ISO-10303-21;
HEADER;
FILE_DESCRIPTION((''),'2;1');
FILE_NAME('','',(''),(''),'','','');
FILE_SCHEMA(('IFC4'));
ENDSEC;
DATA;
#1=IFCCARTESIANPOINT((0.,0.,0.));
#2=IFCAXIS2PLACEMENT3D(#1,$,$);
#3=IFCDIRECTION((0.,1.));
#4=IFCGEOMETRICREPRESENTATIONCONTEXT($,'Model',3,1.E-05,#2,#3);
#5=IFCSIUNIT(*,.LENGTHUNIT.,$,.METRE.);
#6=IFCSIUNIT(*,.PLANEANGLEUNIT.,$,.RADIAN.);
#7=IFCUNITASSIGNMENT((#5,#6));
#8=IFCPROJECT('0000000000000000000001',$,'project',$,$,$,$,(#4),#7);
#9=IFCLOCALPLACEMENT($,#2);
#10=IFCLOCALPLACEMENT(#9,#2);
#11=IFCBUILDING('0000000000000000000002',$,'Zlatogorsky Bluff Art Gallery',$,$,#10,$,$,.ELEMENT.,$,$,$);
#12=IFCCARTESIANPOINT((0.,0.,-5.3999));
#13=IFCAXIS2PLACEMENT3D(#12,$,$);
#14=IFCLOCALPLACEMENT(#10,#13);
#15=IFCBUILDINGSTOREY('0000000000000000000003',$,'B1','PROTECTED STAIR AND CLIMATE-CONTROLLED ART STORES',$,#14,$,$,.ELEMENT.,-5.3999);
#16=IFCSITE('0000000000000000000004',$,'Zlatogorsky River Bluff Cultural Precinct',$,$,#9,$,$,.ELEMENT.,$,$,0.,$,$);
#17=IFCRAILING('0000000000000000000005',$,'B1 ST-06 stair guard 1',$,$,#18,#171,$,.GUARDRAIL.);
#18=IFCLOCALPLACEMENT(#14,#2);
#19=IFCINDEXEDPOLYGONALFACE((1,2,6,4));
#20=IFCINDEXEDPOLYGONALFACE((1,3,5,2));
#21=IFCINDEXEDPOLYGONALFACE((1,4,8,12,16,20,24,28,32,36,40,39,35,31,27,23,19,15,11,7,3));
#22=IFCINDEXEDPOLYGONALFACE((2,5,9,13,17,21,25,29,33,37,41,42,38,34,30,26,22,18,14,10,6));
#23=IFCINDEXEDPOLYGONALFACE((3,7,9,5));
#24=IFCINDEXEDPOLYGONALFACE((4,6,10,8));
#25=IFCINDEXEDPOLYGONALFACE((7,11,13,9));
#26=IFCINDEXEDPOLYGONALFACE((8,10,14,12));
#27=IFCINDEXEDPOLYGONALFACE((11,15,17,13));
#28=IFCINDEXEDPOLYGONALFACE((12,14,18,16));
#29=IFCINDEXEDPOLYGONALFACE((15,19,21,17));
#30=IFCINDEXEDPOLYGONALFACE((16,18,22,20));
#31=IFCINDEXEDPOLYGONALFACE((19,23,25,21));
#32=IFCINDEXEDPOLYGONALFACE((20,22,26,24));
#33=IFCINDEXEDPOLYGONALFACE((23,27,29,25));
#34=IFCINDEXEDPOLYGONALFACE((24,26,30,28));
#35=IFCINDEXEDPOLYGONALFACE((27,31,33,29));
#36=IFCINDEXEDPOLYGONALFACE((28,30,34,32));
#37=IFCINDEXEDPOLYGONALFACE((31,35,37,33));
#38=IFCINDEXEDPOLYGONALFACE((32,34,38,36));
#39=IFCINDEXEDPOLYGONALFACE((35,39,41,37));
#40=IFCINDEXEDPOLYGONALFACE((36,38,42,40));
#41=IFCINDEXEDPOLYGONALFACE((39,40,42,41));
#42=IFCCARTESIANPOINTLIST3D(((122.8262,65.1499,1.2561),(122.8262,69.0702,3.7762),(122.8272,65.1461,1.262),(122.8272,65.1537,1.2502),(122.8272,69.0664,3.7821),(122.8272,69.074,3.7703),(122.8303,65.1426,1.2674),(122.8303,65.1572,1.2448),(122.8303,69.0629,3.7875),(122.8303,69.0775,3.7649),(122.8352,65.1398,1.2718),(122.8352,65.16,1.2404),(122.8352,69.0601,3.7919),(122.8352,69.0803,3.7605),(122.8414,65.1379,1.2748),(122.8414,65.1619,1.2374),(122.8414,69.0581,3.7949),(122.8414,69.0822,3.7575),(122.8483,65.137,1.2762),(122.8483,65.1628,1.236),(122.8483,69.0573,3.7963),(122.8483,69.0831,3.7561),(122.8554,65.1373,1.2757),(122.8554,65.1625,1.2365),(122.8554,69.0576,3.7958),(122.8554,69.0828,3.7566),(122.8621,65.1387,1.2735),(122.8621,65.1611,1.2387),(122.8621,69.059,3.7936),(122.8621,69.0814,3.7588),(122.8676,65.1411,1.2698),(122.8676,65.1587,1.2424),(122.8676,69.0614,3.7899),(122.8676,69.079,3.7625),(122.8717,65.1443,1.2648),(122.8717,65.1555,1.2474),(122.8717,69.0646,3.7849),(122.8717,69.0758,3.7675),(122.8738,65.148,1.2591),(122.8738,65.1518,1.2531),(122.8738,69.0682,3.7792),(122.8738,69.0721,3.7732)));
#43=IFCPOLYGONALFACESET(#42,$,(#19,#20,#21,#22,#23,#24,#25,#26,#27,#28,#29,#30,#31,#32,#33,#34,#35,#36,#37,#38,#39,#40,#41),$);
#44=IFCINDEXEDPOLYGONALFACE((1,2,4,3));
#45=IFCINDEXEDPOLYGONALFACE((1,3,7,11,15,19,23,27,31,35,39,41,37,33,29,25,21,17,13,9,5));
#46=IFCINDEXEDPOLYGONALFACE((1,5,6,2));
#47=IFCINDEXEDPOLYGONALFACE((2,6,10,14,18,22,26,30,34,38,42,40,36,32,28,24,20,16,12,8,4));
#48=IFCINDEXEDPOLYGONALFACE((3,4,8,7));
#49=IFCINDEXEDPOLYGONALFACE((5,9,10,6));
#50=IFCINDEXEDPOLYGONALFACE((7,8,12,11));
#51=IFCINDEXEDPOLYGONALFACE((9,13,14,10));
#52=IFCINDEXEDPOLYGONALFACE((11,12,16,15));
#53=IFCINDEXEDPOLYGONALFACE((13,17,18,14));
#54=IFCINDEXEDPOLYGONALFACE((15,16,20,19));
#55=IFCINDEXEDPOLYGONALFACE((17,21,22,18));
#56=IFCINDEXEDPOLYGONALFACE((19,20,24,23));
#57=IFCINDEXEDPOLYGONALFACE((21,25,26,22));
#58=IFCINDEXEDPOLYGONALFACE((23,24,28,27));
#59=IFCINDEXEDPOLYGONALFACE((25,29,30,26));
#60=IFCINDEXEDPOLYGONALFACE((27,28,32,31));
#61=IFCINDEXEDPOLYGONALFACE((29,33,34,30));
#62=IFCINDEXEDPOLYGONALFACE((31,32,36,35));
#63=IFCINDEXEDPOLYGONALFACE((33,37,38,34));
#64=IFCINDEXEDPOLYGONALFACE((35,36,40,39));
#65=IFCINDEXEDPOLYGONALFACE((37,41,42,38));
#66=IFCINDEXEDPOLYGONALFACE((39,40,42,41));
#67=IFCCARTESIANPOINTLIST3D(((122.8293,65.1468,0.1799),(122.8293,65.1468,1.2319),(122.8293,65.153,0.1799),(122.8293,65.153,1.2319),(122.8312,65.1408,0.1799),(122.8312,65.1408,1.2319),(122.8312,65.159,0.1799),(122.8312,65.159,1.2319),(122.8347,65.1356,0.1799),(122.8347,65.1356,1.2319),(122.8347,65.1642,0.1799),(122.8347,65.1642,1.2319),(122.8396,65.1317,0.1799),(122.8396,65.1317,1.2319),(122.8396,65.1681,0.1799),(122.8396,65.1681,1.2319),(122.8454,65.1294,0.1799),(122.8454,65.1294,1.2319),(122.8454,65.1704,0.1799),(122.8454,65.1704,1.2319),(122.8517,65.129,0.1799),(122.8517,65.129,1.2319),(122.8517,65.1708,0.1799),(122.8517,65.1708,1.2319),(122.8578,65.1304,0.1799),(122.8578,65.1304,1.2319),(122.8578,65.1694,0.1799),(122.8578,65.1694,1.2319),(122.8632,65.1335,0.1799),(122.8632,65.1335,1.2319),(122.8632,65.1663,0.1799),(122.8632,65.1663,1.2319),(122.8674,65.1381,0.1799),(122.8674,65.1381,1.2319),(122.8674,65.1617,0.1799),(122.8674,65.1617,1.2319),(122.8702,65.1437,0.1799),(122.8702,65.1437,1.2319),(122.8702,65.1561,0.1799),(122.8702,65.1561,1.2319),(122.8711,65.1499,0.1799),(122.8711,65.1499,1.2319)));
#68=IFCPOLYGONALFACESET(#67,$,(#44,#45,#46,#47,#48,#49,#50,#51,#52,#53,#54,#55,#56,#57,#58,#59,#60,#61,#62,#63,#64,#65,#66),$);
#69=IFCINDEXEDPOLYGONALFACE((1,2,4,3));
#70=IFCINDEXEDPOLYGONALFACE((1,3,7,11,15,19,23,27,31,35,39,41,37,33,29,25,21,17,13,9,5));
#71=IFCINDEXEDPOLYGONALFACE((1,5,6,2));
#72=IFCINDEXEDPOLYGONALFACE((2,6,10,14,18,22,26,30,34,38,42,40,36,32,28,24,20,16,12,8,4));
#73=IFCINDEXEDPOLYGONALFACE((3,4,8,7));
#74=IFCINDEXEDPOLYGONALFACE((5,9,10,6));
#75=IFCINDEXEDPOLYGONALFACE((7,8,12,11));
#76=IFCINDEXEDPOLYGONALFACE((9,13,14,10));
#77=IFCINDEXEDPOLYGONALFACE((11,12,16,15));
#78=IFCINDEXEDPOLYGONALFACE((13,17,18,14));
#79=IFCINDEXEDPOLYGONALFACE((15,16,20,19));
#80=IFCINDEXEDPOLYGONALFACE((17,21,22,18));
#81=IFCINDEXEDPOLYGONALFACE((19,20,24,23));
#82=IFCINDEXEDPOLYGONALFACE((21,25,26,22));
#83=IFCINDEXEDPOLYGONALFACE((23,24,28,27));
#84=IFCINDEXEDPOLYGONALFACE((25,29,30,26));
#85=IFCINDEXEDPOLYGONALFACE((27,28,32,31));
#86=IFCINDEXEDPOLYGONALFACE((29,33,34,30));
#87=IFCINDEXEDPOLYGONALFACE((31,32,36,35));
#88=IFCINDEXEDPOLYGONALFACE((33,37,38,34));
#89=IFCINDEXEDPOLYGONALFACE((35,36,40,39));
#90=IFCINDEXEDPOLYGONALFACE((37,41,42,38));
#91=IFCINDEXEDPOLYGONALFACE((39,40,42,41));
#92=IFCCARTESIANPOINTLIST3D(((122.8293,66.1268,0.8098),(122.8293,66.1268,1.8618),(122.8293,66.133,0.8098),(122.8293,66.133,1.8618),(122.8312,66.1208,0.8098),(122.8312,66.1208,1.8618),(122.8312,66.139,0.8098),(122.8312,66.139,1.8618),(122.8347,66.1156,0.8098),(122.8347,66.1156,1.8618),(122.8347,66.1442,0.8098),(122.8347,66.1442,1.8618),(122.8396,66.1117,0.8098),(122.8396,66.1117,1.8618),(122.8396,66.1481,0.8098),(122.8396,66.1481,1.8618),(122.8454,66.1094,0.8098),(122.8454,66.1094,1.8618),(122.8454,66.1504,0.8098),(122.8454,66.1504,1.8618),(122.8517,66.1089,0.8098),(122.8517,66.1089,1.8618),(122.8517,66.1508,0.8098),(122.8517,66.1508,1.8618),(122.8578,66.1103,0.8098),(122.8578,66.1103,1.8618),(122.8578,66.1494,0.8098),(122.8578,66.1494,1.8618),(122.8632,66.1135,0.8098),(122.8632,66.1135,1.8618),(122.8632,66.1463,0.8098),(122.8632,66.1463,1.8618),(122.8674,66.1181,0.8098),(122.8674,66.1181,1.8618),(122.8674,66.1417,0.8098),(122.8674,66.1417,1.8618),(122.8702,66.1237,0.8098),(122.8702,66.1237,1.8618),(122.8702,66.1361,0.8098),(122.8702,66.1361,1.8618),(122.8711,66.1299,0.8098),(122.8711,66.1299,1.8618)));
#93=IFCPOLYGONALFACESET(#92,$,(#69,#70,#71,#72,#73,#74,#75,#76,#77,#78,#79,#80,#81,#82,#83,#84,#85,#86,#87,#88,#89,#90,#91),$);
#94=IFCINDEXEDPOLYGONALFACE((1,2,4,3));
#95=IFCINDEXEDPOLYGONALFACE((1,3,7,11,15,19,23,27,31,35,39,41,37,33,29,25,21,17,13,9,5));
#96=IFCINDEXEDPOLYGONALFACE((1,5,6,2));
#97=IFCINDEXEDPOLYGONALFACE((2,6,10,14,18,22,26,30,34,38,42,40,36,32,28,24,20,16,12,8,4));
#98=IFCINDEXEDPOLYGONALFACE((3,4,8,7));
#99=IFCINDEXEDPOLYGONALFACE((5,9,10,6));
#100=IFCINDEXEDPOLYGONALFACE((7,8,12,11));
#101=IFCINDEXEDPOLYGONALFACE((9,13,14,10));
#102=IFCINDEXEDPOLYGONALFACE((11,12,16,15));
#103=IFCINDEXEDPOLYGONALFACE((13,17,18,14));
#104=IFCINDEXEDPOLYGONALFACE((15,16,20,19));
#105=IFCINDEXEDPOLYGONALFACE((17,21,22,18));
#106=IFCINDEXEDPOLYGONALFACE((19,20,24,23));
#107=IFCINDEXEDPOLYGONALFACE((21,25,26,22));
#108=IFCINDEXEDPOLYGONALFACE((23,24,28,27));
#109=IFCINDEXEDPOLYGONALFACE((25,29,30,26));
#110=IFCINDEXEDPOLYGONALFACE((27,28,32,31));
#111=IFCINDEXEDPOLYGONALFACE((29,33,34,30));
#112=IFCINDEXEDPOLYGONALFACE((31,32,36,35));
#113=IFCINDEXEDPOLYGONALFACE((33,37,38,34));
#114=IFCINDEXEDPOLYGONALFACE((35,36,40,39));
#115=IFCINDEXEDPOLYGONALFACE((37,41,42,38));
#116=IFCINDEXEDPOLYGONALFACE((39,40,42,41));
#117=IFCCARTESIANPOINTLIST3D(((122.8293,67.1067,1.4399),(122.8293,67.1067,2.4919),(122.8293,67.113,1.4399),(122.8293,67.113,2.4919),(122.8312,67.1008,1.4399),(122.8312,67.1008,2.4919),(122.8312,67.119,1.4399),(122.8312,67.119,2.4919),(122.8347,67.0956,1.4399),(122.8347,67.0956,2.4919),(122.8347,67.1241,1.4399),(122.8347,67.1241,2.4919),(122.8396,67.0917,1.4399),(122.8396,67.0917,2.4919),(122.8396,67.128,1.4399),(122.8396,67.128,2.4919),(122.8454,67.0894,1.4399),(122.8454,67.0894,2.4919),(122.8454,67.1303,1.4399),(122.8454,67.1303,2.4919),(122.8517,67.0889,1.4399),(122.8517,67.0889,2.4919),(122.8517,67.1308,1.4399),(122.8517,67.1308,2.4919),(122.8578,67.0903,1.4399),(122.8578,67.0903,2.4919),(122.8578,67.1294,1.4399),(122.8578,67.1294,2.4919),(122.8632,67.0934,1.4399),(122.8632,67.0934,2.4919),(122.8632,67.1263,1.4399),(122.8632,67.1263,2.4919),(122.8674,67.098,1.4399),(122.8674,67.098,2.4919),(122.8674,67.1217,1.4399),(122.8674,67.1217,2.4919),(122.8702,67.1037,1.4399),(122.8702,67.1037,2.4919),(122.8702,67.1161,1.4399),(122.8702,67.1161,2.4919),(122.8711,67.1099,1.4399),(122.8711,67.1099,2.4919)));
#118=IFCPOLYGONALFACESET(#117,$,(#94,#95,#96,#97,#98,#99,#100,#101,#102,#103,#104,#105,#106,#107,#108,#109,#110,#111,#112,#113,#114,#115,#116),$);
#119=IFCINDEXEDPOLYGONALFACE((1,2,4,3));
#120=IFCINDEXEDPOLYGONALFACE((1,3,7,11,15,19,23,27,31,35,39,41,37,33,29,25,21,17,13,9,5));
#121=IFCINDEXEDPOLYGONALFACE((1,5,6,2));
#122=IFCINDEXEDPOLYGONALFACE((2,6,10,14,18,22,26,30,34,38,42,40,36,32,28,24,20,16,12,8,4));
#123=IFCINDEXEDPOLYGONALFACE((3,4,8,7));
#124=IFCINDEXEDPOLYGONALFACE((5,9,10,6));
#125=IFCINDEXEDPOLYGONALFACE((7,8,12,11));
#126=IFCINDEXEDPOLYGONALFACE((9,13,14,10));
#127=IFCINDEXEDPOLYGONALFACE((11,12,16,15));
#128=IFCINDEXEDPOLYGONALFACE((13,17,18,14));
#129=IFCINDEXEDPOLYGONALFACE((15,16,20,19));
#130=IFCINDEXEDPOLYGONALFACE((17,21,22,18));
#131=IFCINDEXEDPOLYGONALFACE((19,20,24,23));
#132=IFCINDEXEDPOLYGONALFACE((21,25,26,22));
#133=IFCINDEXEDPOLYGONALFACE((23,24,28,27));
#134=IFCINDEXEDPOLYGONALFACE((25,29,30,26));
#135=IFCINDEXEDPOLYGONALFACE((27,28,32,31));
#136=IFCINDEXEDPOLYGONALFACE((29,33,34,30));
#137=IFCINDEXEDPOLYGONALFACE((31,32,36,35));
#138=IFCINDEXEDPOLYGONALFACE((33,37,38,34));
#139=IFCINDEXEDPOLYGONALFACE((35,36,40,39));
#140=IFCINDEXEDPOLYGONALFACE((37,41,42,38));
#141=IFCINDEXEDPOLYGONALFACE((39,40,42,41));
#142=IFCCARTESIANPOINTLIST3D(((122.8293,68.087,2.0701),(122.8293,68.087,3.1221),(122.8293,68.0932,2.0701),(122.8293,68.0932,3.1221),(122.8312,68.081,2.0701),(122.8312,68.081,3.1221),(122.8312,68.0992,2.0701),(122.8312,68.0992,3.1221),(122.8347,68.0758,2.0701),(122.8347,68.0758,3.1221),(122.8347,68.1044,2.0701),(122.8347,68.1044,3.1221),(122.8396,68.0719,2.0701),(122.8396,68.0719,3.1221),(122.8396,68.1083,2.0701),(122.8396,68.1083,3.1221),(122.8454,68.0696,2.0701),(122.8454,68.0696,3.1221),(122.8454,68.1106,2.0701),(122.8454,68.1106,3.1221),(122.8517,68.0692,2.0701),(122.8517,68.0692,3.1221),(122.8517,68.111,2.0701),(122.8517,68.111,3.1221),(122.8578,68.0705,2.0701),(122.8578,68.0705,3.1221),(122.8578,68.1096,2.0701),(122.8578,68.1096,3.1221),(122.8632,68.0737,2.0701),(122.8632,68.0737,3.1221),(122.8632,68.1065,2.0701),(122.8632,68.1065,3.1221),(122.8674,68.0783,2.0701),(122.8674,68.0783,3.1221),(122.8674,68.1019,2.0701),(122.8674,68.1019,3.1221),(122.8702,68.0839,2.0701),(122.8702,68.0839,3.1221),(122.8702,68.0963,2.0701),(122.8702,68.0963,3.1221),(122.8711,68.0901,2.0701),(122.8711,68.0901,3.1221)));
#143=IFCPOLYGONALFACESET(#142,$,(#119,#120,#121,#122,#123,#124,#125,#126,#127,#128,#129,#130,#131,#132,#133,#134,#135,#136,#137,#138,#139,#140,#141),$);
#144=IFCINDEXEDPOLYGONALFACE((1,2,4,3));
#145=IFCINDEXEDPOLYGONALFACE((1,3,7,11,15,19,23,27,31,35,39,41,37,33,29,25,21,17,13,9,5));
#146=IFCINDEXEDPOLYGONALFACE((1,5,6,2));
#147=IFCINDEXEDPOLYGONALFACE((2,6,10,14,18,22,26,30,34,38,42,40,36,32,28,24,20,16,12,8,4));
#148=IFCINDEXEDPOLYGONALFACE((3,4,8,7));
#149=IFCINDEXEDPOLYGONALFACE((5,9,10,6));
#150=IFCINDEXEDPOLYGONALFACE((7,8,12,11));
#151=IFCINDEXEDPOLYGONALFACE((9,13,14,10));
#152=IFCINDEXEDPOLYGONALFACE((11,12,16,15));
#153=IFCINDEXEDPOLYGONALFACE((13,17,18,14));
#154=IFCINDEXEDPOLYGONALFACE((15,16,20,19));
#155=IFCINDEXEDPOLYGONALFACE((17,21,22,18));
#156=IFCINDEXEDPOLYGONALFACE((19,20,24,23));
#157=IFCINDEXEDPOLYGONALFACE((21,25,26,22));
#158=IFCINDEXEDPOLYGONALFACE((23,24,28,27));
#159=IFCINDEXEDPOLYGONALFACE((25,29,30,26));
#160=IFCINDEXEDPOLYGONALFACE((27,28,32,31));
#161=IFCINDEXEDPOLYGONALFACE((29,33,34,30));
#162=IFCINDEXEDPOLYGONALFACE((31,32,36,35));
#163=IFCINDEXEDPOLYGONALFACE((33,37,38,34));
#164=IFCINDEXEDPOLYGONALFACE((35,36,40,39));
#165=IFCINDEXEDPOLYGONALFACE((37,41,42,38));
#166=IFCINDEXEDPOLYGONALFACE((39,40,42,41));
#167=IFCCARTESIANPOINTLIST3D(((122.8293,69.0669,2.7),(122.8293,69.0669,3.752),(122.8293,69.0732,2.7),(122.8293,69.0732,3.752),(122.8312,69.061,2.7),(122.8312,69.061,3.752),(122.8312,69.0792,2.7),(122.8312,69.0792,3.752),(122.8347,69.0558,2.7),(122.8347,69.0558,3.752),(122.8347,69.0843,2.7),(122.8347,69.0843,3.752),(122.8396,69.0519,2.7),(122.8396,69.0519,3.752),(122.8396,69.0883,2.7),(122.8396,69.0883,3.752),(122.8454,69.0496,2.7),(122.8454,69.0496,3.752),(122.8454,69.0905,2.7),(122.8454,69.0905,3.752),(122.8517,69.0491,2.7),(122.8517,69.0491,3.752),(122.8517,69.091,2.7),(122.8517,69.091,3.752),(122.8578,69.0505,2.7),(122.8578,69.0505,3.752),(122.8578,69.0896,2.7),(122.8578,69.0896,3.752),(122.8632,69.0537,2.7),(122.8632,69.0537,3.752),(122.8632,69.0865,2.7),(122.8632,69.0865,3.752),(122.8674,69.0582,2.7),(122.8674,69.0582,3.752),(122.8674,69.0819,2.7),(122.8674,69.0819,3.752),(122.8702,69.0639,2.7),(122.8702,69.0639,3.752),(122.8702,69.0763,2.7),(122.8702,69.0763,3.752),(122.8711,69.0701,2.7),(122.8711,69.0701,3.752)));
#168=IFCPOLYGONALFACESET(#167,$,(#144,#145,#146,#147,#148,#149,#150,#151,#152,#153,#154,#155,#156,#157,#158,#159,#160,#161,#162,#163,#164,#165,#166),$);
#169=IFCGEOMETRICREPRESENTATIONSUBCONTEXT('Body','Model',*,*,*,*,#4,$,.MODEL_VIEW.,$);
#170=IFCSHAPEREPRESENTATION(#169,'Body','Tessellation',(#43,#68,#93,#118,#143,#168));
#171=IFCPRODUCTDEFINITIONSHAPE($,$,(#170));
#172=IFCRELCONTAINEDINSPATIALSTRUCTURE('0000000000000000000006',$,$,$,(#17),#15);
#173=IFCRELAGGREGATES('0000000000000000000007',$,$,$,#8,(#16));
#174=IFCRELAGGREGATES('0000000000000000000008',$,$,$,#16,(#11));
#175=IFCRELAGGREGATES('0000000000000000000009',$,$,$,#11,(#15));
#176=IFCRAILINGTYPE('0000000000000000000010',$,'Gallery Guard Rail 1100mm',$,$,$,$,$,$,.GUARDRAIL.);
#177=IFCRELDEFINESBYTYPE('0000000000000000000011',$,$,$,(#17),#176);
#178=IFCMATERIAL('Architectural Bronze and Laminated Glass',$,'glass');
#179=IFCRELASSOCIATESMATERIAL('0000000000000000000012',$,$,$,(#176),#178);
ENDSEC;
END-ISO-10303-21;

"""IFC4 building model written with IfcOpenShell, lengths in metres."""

from ifc_helpers import new_model, si_unit, direction, frame, origin, origin_2d, place, context, subcontext, project, spatial, circle, extrude, material, type_object, element, save


model = new_model("IFC4")

# Units and contexts
model_context = context("Model", 3, precision=1e-05, world=origin(), true_north=direction((0.0, 1.0)))
body_context = subcontext(model_context, "Body", "Model", "MODEL_VIEW")
ifc_project = project(units=[si_unit("LENGTHUNIT", "METRE"), si_unit("PLANEANGLEUNIT", "RADIAN")], contexts=[model_context])

# Site, building, storey
site_placement = place(None, origin())
site = spatial("IfcSite", under=ifc_project, at=site_placement, Name="Zlatogorsky River Bluff Cultural Precinct", CompositionType="ELEMENT", RefElevation=0.0)
building_placement = place(site_placement, origin())
building = spatial("IfcBuilding", under=site, at=building_placement, Name="Zlatogorsky Bluff Art Gallery", CompositionType="ELEMENT")
storey_placement = place(building_placement, frame((0.0, 0.0, -5.3999)))
storey = spatial("IfcBuildingStorey", under=building, at=storey_placement, Name="B1", Description="PROTECTED STAIR AND CLIMATE-CONTROLLED ART STORES", CompositionType="ELEMENT", Elevation=-5.3999)

# Railing
ifc_material_1 = material(Name="Architectural Bronze and Laminated Glass", Category="glass")
railing_type_1 = type_object("IfcRailingType", Name="Gallery Guard Rail 1100mm", PredefinedType="GUARDRAIL", material=ifc_material_1)
railing_1_placement = place(storey_placement, frame((122.8501, 65.1499, 0.1799)))
element("IfcRailing", 1, at=railing_1_placement, inside=storey, type_object=railing_type_1, Name="B1 ST-06 stair guard 1", PredefinedType="GUARDRAIL", context=body_context, shape_type="SweptSolid", body=[
    extrude(circle(Radius=0.0239, at=origin_2d()), frame((0.0, 0.0, 1.0762), z_axis=(0.0, 0.841187, 0.540744), x_axis=(-1.0, 0.0, 0.0)), (0.0, 0.0, 1.0), 4.6604),
    extrude(circle(Radius=0.021, at=origin_2d()), origin(), (0.0, 0.0, 1.0), 1.052),
    extrude(circle(Radius=0.021, at=origin_2d()), frame((0.0, 0.98, 0.6299)), (0.0, 0.0, 1.0), 1.052),
    extrude(circle(Radius=0.021, at=origin_2d()), frame((0.0, 1.96, 1.26)), (0.0, 0.0, 1.0), 1.052),
    extrude(circle(Radius=0.021, at=origin_2d()), frame((0.0, 2.9402, 1.8901)), (0.0, 0.0, 1.0), 1.052),
    extrude(circle(Radius=0.021, at=origin_2d()), frame((0.0, 3.9202, 2.52)), (0.0, 0.0, 1.0), 1.052),
])

save(model, "model.ifc")
